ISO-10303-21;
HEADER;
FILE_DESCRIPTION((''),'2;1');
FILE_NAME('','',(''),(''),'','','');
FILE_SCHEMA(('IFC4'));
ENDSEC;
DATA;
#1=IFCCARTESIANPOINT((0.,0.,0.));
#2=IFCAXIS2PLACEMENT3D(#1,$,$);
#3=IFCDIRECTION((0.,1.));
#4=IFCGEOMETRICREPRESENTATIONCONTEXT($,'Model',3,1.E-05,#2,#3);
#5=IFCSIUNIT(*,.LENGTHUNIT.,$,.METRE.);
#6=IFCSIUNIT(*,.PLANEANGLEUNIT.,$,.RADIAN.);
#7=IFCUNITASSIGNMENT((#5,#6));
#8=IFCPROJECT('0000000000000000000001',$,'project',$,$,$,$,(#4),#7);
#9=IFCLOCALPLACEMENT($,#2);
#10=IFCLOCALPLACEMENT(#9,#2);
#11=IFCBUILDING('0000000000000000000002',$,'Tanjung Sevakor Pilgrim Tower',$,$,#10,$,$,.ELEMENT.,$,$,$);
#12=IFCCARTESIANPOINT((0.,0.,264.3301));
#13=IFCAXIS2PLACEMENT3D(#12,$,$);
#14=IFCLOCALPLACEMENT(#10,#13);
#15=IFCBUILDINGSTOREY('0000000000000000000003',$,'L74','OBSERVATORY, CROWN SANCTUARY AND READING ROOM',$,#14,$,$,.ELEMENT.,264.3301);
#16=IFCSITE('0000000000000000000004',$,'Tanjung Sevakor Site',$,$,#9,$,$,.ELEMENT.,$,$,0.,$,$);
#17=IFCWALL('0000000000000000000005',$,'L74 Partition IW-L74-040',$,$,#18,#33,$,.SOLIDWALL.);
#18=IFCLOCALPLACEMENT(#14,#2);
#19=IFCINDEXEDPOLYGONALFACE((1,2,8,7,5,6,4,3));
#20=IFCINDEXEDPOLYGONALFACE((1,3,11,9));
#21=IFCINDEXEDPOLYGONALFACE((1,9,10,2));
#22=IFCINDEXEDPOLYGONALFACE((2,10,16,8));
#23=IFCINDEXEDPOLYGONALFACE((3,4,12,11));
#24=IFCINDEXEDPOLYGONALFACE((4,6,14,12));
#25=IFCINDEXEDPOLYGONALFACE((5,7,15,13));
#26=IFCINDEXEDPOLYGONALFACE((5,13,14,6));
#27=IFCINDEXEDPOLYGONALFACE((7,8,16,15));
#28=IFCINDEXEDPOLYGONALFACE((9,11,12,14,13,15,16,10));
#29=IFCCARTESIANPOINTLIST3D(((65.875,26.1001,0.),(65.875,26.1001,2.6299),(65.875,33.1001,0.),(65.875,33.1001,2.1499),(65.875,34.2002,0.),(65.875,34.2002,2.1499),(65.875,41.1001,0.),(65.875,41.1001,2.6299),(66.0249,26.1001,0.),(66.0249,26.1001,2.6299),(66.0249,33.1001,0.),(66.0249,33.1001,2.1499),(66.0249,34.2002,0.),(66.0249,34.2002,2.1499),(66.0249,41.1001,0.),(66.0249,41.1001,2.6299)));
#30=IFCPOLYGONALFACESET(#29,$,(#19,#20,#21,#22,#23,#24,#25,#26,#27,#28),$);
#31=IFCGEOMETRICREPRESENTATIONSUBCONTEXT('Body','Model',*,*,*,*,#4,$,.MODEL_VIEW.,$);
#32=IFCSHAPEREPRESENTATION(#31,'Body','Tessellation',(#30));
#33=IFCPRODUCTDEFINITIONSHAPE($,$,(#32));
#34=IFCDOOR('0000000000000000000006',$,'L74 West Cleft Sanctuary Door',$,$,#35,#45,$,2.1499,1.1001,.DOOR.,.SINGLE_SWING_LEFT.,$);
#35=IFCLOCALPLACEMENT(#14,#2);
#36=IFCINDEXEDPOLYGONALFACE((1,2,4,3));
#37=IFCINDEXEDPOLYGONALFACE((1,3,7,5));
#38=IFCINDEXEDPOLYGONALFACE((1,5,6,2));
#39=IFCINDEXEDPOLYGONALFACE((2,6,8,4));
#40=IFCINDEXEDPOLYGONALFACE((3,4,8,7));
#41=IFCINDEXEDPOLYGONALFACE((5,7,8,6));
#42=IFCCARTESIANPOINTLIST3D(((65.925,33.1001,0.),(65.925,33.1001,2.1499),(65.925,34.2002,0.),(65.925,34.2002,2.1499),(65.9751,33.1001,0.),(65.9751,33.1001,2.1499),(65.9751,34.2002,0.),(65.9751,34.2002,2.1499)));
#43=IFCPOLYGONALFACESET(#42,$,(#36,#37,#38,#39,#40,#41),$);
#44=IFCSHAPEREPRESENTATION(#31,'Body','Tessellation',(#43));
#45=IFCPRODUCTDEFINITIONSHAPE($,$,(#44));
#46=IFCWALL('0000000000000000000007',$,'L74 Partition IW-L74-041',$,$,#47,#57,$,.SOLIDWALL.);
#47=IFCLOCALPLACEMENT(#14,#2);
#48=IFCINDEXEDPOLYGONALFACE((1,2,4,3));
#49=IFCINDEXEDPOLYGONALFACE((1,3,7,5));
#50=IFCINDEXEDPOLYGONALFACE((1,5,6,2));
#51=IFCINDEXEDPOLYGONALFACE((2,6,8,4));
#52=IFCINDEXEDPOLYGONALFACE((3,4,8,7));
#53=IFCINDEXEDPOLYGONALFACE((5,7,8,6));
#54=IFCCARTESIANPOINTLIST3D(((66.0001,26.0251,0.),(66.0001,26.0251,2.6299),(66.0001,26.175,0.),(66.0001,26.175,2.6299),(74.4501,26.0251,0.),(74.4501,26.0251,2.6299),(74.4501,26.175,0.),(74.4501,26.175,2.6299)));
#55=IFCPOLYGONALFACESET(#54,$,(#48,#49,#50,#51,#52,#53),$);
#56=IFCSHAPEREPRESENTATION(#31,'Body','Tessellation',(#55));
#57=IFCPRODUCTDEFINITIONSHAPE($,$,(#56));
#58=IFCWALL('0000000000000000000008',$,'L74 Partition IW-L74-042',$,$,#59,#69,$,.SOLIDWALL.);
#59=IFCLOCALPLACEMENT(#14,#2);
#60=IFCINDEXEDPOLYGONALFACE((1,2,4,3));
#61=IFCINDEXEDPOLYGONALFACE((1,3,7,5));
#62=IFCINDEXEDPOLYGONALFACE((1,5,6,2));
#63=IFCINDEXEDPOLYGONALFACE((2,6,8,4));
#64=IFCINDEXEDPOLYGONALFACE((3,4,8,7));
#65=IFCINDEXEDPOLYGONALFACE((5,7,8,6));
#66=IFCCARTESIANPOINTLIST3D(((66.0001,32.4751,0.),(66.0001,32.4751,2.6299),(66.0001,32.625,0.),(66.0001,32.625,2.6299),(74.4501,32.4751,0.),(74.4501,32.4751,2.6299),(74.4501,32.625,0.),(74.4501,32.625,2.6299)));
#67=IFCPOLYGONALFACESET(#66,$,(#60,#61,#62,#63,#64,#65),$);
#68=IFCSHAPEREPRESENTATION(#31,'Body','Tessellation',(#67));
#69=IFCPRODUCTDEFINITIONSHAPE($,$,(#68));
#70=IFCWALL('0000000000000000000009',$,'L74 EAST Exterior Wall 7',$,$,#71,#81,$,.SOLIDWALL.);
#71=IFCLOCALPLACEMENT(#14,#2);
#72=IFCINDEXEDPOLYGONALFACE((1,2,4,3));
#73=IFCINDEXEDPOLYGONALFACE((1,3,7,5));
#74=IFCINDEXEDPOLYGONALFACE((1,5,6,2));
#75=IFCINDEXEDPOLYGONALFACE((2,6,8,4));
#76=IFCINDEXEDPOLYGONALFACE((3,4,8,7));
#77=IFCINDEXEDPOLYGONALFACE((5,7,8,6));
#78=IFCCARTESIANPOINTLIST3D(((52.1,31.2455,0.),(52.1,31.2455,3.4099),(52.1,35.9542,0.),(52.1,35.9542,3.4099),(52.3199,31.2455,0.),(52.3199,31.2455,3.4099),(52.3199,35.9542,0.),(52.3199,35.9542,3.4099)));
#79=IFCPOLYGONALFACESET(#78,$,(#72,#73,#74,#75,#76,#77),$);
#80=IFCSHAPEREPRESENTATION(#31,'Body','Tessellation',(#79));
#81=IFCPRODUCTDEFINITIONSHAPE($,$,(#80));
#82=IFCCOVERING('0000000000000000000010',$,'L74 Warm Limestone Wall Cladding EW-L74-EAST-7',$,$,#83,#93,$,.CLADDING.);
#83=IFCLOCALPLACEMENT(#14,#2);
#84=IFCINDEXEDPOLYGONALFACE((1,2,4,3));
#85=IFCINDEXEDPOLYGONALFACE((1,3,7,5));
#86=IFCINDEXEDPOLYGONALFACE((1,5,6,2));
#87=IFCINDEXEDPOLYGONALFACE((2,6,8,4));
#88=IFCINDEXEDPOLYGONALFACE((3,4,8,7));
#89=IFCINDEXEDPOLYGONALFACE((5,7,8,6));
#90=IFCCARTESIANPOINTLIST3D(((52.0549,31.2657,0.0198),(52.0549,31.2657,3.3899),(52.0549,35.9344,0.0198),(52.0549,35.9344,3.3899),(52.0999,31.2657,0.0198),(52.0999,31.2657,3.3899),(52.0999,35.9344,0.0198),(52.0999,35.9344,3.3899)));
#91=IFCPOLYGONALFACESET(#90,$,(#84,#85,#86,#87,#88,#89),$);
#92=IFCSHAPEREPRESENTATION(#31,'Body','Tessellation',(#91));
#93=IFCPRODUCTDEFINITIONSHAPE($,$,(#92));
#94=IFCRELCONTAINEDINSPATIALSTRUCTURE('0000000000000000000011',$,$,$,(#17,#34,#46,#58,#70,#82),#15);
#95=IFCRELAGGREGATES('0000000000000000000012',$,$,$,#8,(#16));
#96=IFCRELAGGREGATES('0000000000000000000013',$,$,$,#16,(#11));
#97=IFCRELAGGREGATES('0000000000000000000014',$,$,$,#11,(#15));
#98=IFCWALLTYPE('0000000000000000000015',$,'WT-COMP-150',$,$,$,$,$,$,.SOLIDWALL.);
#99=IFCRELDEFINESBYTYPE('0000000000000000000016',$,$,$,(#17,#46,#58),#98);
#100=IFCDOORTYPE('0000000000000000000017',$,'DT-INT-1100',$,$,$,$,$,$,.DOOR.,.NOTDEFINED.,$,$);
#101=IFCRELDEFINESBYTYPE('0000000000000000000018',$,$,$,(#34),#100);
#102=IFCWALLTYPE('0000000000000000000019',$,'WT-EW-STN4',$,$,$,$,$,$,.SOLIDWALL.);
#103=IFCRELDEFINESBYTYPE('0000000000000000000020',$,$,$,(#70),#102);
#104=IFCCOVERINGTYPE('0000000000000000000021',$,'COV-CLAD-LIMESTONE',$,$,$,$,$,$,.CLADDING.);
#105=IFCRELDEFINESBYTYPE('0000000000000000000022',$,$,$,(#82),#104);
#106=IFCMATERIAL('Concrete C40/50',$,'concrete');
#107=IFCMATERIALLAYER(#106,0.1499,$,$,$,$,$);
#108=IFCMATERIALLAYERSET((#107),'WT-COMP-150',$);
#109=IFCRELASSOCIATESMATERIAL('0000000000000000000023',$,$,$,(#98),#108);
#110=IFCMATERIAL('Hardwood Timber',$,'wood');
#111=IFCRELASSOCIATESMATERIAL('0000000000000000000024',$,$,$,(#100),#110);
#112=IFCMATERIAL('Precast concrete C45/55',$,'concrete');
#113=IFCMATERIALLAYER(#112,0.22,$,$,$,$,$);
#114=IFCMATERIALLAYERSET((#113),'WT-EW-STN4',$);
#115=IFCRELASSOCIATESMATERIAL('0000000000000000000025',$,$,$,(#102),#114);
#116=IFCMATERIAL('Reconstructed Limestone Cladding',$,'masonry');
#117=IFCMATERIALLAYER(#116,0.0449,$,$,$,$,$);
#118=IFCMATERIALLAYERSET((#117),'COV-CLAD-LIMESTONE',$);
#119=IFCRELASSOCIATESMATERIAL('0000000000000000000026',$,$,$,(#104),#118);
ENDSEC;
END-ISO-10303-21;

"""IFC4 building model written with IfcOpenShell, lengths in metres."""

from ifc_helpers import new_model, si_unit, direction, frame, frame_2d, origin, origin_2d, place, context, subcontext, project, spatial, rectangle, extrude, material, layer, layer_set, type_object, element, fill, save


model = new_model("IFC4")

# Units and contexts
model_context = context("Model", 3, precision=1e-05, world=origin(), true_north=direction((0.0, 1.0)))
body_context = subcontext(model_context, "Body", "Model", "MODEL_VIEW")
ifc_project = project(units=[si_unit("LENGTHUNIT", "METRE"), si_unit("PLANEANGLEUNIT", "RADIAN")], contexts=[model_context])

# Site, building, storey
site_placement = place(None, origin())
site = spatial("IfcSite", under=ifc_project, at=site_placement, Name="Tanjung Sevakor Site", CompositionType="ELEMENT", RefElevation=0.0)
building_placement = place(site_placement, origin())
building = spatial("IfcBuilding", under=site, at=building_placement, Name="Tanjung Sevakor Pilgrim Tower", CompositionType="ELEMENT")
storey_placement = place(building_placement, frame((0.0, 0.0, 264.3301)))
storey = spatial("IfcBuildingStorey", under=building, at=storey_placement, Name="L74", Description="OBSERVATORY, CROWN SANCTUARY AND READING ROOM", CompositionType="ELEMENT", Elevation=264.3301)

# Shared definitions
ifc_material_1 = material(Name="Concrete C40/50", Category="concrete")
ifc_layer_1 = layer(ifc_material_1, 0.1499)
ifc_layer_set_1 = layer_set([ifc_layer_1], Name="WT-COMP-150")
wall_type_1 = type_object("IfcWallType", Name="WT-COMP-150", PredefinedType="SOLIDWALL", material=ifc_layer_set_1)

# Wall, opening, door
wall_1_placement = place(storey_placement, frame((65.95, 26.1001, 0.0), z_axis=(0.0, 0.0, 1.0), x_axis=(0.0, 1.0, 0.0)))
wall_1 = element("IfcWall", 1, at=wall_1_placement, inside=storey, type_object=wall_type_1, Name="L74 Partition IW-L74-040", PredefinedType="SOLIDWALL", context=body_context, shape_type="SweptSolid", body=[
    extrude(rectangle(XDim=15.0, YDim=0.1499, at=frame_2d((7.5, 0.0))), origin(), (0.0, 0.0, 1.0), 2.6299),
])
opening_1_placement = place(wall_1_placement, frame((7.0, 0.0, 0.0)))
opening_1 = element("IfcOpeningElement", 2, at=opening_1_placement, cuts=wall_1, PredefinedType="OPENING", context=body_context, shape_type="SweptSolid", body=[
    extrude(rectangle(XDim=1.1001, YDim=2.1499, at=frame_2d((0.55, 1.075))), frame((0.0, 0.085, 0.0), z_axis=(0.0, -1.0, 0.0), x_axis=(1.0, 0.0, 0.0)), (0.0, 0.0, 1.0), 0.1699),
])
ifc_material_2 = material(Name="Hardwood Timber", Category="wood")
door_type_1 = type_object("IfcDoorType", Name="DT-INT-1100", OperationType="NOTDEFINED", PredefinedType="DOOR", material=ifc_material_2)
door_1_placement = place(opening_1_placement, origin())
door_1 = element("IfcDoor", 3, at=door_1_placement, inside=storey, type_object=door_type_1, Name="L74 West Cleft Sanctuary Door", OperationType="SINGLE_SWING_LEFT", OverallHeight=2.1499, OverallWidth=1.1001, PredefinedType="DOOR", context=body_context, shape_type="SweptSolid", body=[
    extrude(rectangle(XDim=1.1001, YDim=2.1499, at=frame_2d((0.55, 1.075))), frame((0.0, 0.0249, 0.0), z_axis=(0.0, -1.0, 0.0), x_axis=(1.0, 0.0, 0.0)), (0.0, 0.0, 1.0), 0.05),
])
fill(opening_1, door_1)

# Walls
for number, where, z_axis, x_axis, name in (
    (4, (66.0, 26.1001, 0.0), (0.0, 0.0, 1.0), (1.0, 0.0, 0.0), "L74 Partition IW-L74-041"),
    (5, (66.0, 32.55, 0.0), (0.0, 0.0, 1.0), (1.0, 0.0, 0.0), "L74 Partition IW-L74-042"),
):
    element("IfcWall", number, at=place(storey_placement, frame(where, z_axis=z_axis, x_axis=x_axis)), inside=storey, type_object=wall_type_1, Name=name, PredefinedType="SOLIDWALL", context=body_context, shape_type="SweptSolid", body=[
        extrude(rectangle(XDim=8.45, YDim=0.1499, at=frame_2d((4.2251, 0.0))), origin(), (0.0, 0.0, 1.0), 2.6299),
    ])
ifc_material_3 = material(Name="Precast concrete C45/55", Category="concrete")
ifc_layer_2 = layer(ifc_material_3, 0.22)
ifc_layer_set_2 = layer_set([ifc_layer_2], Name="WT-EW-STN4")
wall_type_2 = type_object("IfcWallType", Name="WT-EW-STN4", PredefinedType="SOLIDWALL", material=ifc_layer_set_2)
wall_2_placement = place(storey_placement, frame((52.21, 35.9543, 0.0), z_axis=(0.0, 0.0, 1.0), x_axis=(0.0, -1.0, 0.0)))
element("IfcWall", 6, at=wall_2_placement, inside=storey, type_object=wall_type_2, Name="L74 EAST Exterior Wall 7", PredefinedType="SOLIDWALL", context=body_context, shape_type="SweptSolid", body=[
    extrude(rectangle(XDim=4.7087, YDim=0.22, at=frame_2d((2.3545, 0.0))), origin(), (0.0, 0.0, 1.0), 3.4099),
])

# Covering
ifc_material_4 = material(Name="Reconstructed Limestone Cladding", Category="masonry")
ifc_layer_3 = layer(ifc_material_4, 0.0449)
ifc_layer_set_3 = layer_set([ifc_layer_3], Name="COV-CLAD-LIMESTONE")
covering_type = type_object("IfcCoveringType", Name="COV-CLAD-LIMESTONE", PredefinedType="CLADDING", material=ifc_layer_set_3)
covering_placement = place(storey_placement, frame((52.0774, 33.6001, 0.0198), z_axis=(0.0, 0.0, 1.0), x_axis=(0.0, -1.0, 0.0)))
element("IfcCovering", 7, at=covering_placement, inside=storey, type_object=covering_type, Name="L74 Warm Limestone Wall Cladding EW-L74-EAST-7", PredefinedType="CLADDING", context=body_context, shape_type="SweptSolid", body=[
    extrude(rectangle(XDim=4.6687, YDim=0.0449, at=origin_2d()), origin(), (0.0, 0.0, 1.0), 3.3701),
])

save(model, "model.ifc")
